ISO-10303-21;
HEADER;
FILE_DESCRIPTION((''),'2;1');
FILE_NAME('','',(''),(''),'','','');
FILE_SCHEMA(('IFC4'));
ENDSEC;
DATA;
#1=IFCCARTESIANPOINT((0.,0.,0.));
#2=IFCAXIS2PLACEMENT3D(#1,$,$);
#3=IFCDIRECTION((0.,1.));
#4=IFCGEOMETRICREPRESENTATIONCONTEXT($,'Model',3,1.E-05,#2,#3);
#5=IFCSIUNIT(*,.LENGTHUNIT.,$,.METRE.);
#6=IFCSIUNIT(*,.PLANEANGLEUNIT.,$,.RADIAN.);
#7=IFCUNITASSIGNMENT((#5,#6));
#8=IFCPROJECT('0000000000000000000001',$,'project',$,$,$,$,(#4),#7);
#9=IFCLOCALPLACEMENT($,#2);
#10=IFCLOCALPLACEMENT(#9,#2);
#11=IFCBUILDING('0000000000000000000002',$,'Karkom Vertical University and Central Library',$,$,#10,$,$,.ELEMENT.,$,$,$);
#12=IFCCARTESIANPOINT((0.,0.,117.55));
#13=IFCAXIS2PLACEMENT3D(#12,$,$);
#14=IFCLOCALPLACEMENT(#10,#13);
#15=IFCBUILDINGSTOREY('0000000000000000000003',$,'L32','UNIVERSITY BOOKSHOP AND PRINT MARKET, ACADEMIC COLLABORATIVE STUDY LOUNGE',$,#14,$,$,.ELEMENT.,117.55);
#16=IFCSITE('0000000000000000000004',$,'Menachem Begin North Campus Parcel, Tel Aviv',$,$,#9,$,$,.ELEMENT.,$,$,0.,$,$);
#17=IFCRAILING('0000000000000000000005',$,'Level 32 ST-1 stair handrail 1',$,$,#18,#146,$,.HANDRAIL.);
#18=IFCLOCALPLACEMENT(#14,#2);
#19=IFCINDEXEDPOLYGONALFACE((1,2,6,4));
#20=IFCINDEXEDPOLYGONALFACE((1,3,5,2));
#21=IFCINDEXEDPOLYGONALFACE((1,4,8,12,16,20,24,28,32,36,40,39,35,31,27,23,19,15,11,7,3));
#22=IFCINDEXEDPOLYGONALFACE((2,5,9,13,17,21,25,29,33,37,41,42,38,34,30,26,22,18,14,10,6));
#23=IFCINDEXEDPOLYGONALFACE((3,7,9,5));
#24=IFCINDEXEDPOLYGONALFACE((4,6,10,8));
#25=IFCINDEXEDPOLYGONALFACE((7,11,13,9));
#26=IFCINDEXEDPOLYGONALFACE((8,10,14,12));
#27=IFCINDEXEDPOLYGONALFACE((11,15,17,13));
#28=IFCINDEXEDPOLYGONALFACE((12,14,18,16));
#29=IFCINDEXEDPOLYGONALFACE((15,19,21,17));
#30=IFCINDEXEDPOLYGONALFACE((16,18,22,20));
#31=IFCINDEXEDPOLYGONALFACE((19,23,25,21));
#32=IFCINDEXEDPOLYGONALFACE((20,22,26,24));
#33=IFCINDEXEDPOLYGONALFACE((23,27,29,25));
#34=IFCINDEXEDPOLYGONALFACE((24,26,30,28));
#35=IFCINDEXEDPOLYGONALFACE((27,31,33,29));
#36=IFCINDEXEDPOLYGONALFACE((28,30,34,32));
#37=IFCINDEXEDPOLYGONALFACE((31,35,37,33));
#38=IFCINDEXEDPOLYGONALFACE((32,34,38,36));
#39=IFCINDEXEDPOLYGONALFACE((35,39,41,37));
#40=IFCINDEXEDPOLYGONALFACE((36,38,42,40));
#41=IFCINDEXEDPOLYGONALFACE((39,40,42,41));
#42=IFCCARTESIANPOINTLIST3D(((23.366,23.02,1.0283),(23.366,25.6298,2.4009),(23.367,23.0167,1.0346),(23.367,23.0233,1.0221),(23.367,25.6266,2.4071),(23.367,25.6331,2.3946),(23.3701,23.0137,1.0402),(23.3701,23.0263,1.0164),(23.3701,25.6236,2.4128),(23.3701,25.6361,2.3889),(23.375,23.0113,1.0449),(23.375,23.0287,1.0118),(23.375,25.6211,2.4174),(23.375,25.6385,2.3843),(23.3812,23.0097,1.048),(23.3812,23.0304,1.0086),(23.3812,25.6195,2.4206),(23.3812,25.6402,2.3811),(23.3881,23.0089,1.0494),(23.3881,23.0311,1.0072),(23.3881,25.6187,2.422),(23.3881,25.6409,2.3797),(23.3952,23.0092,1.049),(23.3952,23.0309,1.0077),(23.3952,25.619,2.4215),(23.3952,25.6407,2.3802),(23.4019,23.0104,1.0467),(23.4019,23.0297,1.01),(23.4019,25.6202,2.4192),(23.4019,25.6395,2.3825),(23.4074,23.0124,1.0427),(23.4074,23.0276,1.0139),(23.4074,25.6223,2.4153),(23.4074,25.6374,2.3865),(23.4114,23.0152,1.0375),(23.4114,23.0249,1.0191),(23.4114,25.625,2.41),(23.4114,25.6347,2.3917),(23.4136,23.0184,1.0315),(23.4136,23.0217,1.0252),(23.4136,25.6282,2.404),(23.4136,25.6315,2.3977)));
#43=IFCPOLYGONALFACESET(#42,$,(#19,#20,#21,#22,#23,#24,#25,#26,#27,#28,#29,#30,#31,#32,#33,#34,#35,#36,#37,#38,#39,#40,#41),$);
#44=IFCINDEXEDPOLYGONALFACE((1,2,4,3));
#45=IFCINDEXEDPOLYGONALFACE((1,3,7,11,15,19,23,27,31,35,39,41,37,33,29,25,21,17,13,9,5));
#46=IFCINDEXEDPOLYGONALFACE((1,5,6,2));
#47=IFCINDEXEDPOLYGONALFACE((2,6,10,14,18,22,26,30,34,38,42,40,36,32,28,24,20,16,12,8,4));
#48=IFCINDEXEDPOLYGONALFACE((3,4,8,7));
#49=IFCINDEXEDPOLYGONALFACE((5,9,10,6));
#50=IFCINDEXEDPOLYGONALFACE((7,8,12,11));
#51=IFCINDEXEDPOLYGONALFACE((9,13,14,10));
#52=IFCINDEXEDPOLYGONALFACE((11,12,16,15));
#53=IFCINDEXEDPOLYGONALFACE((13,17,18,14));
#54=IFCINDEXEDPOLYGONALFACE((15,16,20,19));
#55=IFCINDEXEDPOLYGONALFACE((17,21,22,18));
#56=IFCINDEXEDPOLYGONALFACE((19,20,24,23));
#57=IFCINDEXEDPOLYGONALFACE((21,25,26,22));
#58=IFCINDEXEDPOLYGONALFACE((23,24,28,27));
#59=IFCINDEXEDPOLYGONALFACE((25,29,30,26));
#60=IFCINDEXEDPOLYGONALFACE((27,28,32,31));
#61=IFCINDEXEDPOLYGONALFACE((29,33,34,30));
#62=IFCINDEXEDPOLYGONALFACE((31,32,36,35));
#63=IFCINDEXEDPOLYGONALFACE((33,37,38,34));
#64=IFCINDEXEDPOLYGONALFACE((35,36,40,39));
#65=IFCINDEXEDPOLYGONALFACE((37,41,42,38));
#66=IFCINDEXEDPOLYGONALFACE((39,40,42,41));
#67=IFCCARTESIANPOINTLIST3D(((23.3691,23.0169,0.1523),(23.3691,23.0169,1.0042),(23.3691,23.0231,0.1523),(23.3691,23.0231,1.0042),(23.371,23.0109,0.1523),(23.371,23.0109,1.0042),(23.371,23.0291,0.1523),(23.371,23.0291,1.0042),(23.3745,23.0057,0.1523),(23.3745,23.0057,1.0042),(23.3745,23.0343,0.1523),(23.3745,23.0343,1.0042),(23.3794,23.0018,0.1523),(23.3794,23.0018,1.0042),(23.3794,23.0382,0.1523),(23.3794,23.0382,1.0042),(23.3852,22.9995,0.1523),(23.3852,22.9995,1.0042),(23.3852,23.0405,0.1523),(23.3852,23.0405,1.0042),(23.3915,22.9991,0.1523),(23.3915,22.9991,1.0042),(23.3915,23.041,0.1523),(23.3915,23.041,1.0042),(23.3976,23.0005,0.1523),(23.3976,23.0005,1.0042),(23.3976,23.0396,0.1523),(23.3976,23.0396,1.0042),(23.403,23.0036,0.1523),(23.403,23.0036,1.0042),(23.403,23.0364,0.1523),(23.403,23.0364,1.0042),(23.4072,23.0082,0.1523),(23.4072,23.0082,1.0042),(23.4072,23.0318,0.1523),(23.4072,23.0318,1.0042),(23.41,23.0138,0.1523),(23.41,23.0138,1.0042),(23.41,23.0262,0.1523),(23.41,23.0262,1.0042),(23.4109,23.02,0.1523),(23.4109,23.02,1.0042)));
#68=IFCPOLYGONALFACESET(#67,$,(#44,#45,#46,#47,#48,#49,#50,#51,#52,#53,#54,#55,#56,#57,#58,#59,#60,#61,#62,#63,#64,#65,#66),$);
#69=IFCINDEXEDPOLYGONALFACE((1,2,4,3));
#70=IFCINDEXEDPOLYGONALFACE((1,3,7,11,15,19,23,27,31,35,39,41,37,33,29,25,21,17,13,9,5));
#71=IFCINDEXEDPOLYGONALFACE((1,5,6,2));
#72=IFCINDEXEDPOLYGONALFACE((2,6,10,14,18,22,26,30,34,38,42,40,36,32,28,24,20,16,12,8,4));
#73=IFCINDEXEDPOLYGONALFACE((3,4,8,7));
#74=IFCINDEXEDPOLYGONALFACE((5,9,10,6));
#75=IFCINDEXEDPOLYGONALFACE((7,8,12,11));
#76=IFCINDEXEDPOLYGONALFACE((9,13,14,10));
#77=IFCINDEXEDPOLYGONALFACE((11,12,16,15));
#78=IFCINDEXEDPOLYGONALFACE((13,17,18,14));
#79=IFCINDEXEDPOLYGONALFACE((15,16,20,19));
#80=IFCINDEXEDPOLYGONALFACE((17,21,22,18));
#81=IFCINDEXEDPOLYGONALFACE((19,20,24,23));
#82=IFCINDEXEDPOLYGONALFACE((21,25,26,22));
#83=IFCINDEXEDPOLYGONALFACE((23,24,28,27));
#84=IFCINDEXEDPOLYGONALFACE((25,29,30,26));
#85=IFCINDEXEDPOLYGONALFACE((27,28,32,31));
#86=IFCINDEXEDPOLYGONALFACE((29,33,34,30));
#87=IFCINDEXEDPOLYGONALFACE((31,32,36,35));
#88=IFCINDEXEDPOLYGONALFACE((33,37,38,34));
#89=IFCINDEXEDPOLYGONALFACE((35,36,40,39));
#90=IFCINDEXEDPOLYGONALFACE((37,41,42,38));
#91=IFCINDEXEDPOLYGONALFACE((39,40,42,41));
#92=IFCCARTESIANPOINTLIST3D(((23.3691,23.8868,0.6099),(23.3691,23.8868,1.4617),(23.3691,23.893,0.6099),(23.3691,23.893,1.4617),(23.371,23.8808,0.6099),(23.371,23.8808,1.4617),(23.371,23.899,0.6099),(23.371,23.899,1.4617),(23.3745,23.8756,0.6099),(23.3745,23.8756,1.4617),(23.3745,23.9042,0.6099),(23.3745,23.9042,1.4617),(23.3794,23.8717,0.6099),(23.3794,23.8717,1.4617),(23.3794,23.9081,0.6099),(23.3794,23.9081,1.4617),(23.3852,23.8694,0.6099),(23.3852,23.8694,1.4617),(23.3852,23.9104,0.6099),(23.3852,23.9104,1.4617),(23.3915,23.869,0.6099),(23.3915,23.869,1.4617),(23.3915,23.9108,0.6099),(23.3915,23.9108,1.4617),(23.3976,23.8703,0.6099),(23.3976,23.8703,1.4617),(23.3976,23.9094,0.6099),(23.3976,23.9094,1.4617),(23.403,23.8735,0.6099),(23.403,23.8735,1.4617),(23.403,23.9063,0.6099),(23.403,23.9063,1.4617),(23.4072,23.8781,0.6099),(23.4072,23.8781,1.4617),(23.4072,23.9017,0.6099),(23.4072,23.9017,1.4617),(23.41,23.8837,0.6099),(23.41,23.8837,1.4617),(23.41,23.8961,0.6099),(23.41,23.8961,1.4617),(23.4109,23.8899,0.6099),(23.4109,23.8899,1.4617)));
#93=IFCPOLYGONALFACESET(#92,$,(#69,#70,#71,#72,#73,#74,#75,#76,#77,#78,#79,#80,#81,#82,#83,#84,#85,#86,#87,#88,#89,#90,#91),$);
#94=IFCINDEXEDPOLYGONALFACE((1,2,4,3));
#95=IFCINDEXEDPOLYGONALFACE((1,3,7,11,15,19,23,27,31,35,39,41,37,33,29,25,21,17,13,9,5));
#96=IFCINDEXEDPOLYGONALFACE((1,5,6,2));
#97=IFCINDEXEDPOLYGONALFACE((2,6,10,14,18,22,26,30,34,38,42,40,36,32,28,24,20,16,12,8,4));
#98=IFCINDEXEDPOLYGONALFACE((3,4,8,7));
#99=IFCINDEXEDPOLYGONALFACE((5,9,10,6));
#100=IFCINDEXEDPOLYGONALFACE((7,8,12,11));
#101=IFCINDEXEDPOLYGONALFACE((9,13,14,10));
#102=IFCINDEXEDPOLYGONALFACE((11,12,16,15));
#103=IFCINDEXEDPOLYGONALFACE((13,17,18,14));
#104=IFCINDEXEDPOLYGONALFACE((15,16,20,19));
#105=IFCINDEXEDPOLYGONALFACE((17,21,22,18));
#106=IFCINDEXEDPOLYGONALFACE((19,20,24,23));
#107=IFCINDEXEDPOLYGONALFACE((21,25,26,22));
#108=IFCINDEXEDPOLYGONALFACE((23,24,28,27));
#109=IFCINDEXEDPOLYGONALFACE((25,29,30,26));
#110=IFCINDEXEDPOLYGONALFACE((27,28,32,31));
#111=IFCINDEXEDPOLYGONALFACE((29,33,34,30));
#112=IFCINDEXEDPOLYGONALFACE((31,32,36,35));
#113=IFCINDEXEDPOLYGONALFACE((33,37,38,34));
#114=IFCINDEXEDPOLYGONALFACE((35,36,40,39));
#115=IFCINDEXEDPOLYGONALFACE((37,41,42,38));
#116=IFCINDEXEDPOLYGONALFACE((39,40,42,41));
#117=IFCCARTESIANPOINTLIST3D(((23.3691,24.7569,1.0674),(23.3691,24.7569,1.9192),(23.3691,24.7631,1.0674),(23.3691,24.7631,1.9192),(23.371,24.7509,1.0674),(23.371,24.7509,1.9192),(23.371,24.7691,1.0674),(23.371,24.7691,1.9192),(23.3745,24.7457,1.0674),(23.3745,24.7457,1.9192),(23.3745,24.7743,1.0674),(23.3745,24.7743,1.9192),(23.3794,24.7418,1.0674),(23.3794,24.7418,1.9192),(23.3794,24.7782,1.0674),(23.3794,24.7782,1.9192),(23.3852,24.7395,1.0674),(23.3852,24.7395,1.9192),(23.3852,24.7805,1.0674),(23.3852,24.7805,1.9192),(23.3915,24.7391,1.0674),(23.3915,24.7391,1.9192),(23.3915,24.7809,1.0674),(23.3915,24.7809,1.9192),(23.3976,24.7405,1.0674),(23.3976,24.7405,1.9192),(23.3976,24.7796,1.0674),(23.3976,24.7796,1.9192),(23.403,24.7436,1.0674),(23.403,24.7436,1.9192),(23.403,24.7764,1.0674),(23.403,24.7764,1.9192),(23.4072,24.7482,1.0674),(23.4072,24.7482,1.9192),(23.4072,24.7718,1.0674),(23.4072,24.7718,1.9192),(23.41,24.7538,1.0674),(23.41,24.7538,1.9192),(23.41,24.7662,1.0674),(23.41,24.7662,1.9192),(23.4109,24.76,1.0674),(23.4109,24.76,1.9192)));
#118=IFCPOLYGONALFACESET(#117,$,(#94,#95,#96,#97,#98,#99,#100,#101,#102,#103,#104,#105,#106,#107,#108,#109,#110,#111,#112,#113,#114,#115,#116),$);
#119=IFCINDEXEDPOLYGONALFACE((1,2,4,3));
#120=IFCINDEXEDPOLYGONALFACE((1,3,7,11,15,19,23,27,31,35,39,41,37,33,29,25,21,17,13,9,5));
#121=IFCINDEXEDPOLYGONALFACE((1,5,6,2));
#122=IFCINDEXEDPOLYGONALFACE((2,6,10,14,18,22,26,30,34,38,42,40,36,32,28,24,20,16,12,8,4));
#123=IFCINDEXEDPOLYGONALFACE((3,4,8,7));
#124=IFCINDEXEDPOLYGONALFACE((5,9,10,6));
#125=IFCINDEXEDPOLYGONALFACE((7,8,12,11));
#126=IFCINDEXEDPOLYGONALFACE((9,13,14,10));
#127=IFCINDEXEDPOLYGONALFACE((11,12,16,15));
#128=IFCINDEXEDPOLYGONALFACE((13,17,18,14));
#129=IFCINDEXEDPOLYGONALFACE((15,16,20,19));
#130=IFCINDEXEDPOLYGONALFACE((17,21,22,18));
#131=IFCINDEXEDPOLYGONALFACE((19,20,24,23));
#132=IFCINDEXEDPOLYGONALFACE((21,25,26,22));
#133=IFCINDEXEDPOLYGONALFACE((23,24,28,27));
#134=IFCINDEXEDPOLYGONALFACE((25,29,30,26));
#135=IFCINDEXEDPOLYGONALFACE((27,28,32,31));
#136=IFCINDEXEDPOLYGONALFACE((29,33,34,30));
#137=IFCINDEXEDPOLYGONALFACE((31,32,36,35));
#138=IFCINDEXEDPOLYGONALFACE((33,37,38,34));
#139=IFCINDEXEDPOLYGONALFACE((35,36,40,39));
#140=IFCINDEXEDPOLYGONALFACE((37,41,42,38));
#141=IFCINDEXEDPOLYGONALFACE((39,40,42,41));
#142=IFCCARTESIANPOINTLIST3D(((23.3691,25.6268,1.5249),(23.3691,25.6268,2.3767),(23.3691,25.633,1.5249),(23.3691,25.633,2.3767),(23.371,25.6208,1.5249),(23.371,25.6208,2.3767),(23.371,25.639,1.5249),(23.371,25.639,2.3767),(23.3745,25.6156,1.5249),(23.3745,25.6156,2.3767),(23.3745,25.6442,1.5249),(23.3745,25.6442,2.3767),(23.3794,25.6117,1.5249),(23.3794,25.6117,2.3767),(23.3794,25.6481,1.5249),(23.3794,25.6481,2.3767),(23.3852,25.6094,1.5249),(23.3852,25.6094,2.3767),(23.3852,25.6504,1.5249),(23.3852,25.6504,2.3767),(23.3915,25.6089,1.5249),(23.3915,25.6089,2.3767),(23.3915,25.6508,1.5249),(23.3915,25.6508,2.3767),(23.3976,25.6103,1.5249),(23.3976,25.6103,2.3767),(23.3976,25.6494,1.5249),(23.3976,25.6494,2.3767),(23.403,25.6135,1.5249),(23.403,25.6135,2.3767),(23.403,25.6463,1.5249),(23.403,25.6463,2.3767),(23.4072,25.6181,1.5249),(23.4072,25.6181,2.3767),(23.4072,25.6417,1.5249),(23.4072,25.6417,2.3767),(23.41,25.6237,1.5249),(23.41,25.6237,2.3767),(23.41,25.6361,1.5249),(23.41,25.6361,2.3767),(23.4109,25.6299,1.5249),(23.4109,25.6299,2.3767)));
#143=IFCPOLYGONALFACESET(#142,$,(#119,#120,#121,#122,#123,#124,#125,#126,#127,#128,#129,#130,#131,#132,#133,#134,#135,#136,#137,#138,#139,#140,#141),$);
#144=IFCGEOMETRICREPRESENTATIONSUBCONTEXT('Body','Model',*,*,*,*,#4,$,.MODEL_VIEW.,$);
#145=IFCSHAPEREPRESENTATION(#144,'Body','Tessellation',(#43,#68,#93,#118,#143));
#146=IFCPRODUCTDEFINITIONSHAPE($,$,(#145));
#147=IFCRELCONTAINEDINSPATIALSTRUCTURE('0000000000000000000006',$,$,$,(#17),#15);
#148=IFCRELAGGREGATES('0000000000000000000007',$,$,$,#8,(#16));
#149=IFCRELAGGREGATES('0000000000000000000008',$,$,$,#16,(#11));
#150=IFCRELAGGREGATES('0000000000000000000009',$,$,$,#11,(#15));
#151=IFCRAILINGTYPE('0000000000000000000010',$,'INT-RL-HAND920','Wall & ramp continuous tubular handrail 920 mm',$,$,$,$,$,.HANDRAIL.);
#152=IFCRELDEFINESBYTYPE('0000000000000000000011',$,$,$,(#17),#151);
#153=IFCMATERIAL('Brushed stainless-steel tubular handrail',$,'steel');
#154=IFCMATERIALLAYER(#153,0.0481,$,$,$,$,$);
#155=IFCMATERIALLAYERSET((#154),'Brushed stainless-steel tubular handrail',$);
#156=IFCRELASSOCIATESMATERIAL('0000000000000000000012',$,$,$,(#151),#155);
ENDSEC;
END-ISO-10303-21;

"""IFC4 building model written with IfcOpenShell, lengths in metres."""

from ifc_helpers import new_model, si_unit, direction, frame, origin, origin_2d, place, context, subcontext, project, spatial, circle, extrude, material, layer, layer_set, type_object, element, save


model = new_model("IFC4")

# Units and contexts
model_context = context("Model", 3, precision=1e-05, world=origin(), true_north=direction((0.0, 1.0)))
body_context = subcontext(model_context, "Body", "Model", "MODEL_VIEW")
ifc_project = project(units=[si_unit("LENGTHUNIT", "METRE"), si_unit("PLANEANGLEUNIT", "RADIAN")], contexts=[model_context])

# Site, building, storey
site_placement = place(None, origin())
site = spatial("IfcSite", under=ifc_project, at=site_placement, Name="Menachem Begin North Campus Parcel, Tel Aviv", CompositionType="ELEMENT", RefElevation=0.0)
building_placement = place(site_placement, origin())
building = spatial("IfcBuilding", under=site, at=building_placement, Name="Karkom Vertical University and Central Library", CompositionType="ELEMENT")
storey_placement = place(building_placement, frame((0.0, 0.0, 117.55)))
storey = spatial("IfcBuildingStorey", under=building, at=storey_placement, Name="L32", Description="UNIVERSITY BOOKSHOP AND PRINT MARKET, ACADEMIC COLLABORATIVE STUDY LOUNGE", CompositionType="ELEMENT", Elevation=117.55)

# Railing
ifc_material_1 = material(Name="Brushed stainless-steel tubular handrail", Category="steel")
ifc_layer_1 = layer(ifc_material_1, 0.0481)
ifc_layer_set_1 = layer_set([ifc_layer_1], Name="Brushed stainless-steel tubular handrail")
railing_type_1 = type_object("IfcRailingType", Name="INT-RL-HAND920", Description="Wall & ramp continuous tubular handrail 920 mm", PredefinedType="HANDRAIL", material=ifc_layer_set_1)
railing_1_placement = place(storey_placement, frame((23.3899, 23.02, 0.1523)))
element("IfcRailing", 1, at=railing_1_placement, inside=storey, type_object=railing_type_1, Name="Level 32 ST-1 stair handrail 1", PredefinedType="HANDRAIL", context=body_context, shape_type="SweptSolid", body=[
    extrude(circle(Radius=0.0239, at=origin_2d()), frame((0.0, 0.0, 0.876), z_axis=(0.0, 0.885065, 0.465467), x_axis=(-1.0, 0.0, 0.0)), (0.0, 0.0, 1.0), 2.9487),
    extrude(circle(Radius=0.021, at=origin_2d()), origin(), (0.0, 0.0, 1.0), 0.8518),
    extrude(circle(Radius=0.021, at=origin_2d()), frame((0.0, 0.8699, 0.4575)), (0.0, 0.0, 1.0), 0.8518),
    extrude(circle(Radius=0.021, at=origin_2d()), frame((0.0, 1.74, 0.915)), (0.0, 0.0, 1.0), 0.8518),
    extrude(circle(Radius=0.021, at=origin_2d()), frame((0.0, 2.6099, 1.3726)), (0.0, 0.0, 1.0), 0.8518),
])

save(model, "model.ifc")
